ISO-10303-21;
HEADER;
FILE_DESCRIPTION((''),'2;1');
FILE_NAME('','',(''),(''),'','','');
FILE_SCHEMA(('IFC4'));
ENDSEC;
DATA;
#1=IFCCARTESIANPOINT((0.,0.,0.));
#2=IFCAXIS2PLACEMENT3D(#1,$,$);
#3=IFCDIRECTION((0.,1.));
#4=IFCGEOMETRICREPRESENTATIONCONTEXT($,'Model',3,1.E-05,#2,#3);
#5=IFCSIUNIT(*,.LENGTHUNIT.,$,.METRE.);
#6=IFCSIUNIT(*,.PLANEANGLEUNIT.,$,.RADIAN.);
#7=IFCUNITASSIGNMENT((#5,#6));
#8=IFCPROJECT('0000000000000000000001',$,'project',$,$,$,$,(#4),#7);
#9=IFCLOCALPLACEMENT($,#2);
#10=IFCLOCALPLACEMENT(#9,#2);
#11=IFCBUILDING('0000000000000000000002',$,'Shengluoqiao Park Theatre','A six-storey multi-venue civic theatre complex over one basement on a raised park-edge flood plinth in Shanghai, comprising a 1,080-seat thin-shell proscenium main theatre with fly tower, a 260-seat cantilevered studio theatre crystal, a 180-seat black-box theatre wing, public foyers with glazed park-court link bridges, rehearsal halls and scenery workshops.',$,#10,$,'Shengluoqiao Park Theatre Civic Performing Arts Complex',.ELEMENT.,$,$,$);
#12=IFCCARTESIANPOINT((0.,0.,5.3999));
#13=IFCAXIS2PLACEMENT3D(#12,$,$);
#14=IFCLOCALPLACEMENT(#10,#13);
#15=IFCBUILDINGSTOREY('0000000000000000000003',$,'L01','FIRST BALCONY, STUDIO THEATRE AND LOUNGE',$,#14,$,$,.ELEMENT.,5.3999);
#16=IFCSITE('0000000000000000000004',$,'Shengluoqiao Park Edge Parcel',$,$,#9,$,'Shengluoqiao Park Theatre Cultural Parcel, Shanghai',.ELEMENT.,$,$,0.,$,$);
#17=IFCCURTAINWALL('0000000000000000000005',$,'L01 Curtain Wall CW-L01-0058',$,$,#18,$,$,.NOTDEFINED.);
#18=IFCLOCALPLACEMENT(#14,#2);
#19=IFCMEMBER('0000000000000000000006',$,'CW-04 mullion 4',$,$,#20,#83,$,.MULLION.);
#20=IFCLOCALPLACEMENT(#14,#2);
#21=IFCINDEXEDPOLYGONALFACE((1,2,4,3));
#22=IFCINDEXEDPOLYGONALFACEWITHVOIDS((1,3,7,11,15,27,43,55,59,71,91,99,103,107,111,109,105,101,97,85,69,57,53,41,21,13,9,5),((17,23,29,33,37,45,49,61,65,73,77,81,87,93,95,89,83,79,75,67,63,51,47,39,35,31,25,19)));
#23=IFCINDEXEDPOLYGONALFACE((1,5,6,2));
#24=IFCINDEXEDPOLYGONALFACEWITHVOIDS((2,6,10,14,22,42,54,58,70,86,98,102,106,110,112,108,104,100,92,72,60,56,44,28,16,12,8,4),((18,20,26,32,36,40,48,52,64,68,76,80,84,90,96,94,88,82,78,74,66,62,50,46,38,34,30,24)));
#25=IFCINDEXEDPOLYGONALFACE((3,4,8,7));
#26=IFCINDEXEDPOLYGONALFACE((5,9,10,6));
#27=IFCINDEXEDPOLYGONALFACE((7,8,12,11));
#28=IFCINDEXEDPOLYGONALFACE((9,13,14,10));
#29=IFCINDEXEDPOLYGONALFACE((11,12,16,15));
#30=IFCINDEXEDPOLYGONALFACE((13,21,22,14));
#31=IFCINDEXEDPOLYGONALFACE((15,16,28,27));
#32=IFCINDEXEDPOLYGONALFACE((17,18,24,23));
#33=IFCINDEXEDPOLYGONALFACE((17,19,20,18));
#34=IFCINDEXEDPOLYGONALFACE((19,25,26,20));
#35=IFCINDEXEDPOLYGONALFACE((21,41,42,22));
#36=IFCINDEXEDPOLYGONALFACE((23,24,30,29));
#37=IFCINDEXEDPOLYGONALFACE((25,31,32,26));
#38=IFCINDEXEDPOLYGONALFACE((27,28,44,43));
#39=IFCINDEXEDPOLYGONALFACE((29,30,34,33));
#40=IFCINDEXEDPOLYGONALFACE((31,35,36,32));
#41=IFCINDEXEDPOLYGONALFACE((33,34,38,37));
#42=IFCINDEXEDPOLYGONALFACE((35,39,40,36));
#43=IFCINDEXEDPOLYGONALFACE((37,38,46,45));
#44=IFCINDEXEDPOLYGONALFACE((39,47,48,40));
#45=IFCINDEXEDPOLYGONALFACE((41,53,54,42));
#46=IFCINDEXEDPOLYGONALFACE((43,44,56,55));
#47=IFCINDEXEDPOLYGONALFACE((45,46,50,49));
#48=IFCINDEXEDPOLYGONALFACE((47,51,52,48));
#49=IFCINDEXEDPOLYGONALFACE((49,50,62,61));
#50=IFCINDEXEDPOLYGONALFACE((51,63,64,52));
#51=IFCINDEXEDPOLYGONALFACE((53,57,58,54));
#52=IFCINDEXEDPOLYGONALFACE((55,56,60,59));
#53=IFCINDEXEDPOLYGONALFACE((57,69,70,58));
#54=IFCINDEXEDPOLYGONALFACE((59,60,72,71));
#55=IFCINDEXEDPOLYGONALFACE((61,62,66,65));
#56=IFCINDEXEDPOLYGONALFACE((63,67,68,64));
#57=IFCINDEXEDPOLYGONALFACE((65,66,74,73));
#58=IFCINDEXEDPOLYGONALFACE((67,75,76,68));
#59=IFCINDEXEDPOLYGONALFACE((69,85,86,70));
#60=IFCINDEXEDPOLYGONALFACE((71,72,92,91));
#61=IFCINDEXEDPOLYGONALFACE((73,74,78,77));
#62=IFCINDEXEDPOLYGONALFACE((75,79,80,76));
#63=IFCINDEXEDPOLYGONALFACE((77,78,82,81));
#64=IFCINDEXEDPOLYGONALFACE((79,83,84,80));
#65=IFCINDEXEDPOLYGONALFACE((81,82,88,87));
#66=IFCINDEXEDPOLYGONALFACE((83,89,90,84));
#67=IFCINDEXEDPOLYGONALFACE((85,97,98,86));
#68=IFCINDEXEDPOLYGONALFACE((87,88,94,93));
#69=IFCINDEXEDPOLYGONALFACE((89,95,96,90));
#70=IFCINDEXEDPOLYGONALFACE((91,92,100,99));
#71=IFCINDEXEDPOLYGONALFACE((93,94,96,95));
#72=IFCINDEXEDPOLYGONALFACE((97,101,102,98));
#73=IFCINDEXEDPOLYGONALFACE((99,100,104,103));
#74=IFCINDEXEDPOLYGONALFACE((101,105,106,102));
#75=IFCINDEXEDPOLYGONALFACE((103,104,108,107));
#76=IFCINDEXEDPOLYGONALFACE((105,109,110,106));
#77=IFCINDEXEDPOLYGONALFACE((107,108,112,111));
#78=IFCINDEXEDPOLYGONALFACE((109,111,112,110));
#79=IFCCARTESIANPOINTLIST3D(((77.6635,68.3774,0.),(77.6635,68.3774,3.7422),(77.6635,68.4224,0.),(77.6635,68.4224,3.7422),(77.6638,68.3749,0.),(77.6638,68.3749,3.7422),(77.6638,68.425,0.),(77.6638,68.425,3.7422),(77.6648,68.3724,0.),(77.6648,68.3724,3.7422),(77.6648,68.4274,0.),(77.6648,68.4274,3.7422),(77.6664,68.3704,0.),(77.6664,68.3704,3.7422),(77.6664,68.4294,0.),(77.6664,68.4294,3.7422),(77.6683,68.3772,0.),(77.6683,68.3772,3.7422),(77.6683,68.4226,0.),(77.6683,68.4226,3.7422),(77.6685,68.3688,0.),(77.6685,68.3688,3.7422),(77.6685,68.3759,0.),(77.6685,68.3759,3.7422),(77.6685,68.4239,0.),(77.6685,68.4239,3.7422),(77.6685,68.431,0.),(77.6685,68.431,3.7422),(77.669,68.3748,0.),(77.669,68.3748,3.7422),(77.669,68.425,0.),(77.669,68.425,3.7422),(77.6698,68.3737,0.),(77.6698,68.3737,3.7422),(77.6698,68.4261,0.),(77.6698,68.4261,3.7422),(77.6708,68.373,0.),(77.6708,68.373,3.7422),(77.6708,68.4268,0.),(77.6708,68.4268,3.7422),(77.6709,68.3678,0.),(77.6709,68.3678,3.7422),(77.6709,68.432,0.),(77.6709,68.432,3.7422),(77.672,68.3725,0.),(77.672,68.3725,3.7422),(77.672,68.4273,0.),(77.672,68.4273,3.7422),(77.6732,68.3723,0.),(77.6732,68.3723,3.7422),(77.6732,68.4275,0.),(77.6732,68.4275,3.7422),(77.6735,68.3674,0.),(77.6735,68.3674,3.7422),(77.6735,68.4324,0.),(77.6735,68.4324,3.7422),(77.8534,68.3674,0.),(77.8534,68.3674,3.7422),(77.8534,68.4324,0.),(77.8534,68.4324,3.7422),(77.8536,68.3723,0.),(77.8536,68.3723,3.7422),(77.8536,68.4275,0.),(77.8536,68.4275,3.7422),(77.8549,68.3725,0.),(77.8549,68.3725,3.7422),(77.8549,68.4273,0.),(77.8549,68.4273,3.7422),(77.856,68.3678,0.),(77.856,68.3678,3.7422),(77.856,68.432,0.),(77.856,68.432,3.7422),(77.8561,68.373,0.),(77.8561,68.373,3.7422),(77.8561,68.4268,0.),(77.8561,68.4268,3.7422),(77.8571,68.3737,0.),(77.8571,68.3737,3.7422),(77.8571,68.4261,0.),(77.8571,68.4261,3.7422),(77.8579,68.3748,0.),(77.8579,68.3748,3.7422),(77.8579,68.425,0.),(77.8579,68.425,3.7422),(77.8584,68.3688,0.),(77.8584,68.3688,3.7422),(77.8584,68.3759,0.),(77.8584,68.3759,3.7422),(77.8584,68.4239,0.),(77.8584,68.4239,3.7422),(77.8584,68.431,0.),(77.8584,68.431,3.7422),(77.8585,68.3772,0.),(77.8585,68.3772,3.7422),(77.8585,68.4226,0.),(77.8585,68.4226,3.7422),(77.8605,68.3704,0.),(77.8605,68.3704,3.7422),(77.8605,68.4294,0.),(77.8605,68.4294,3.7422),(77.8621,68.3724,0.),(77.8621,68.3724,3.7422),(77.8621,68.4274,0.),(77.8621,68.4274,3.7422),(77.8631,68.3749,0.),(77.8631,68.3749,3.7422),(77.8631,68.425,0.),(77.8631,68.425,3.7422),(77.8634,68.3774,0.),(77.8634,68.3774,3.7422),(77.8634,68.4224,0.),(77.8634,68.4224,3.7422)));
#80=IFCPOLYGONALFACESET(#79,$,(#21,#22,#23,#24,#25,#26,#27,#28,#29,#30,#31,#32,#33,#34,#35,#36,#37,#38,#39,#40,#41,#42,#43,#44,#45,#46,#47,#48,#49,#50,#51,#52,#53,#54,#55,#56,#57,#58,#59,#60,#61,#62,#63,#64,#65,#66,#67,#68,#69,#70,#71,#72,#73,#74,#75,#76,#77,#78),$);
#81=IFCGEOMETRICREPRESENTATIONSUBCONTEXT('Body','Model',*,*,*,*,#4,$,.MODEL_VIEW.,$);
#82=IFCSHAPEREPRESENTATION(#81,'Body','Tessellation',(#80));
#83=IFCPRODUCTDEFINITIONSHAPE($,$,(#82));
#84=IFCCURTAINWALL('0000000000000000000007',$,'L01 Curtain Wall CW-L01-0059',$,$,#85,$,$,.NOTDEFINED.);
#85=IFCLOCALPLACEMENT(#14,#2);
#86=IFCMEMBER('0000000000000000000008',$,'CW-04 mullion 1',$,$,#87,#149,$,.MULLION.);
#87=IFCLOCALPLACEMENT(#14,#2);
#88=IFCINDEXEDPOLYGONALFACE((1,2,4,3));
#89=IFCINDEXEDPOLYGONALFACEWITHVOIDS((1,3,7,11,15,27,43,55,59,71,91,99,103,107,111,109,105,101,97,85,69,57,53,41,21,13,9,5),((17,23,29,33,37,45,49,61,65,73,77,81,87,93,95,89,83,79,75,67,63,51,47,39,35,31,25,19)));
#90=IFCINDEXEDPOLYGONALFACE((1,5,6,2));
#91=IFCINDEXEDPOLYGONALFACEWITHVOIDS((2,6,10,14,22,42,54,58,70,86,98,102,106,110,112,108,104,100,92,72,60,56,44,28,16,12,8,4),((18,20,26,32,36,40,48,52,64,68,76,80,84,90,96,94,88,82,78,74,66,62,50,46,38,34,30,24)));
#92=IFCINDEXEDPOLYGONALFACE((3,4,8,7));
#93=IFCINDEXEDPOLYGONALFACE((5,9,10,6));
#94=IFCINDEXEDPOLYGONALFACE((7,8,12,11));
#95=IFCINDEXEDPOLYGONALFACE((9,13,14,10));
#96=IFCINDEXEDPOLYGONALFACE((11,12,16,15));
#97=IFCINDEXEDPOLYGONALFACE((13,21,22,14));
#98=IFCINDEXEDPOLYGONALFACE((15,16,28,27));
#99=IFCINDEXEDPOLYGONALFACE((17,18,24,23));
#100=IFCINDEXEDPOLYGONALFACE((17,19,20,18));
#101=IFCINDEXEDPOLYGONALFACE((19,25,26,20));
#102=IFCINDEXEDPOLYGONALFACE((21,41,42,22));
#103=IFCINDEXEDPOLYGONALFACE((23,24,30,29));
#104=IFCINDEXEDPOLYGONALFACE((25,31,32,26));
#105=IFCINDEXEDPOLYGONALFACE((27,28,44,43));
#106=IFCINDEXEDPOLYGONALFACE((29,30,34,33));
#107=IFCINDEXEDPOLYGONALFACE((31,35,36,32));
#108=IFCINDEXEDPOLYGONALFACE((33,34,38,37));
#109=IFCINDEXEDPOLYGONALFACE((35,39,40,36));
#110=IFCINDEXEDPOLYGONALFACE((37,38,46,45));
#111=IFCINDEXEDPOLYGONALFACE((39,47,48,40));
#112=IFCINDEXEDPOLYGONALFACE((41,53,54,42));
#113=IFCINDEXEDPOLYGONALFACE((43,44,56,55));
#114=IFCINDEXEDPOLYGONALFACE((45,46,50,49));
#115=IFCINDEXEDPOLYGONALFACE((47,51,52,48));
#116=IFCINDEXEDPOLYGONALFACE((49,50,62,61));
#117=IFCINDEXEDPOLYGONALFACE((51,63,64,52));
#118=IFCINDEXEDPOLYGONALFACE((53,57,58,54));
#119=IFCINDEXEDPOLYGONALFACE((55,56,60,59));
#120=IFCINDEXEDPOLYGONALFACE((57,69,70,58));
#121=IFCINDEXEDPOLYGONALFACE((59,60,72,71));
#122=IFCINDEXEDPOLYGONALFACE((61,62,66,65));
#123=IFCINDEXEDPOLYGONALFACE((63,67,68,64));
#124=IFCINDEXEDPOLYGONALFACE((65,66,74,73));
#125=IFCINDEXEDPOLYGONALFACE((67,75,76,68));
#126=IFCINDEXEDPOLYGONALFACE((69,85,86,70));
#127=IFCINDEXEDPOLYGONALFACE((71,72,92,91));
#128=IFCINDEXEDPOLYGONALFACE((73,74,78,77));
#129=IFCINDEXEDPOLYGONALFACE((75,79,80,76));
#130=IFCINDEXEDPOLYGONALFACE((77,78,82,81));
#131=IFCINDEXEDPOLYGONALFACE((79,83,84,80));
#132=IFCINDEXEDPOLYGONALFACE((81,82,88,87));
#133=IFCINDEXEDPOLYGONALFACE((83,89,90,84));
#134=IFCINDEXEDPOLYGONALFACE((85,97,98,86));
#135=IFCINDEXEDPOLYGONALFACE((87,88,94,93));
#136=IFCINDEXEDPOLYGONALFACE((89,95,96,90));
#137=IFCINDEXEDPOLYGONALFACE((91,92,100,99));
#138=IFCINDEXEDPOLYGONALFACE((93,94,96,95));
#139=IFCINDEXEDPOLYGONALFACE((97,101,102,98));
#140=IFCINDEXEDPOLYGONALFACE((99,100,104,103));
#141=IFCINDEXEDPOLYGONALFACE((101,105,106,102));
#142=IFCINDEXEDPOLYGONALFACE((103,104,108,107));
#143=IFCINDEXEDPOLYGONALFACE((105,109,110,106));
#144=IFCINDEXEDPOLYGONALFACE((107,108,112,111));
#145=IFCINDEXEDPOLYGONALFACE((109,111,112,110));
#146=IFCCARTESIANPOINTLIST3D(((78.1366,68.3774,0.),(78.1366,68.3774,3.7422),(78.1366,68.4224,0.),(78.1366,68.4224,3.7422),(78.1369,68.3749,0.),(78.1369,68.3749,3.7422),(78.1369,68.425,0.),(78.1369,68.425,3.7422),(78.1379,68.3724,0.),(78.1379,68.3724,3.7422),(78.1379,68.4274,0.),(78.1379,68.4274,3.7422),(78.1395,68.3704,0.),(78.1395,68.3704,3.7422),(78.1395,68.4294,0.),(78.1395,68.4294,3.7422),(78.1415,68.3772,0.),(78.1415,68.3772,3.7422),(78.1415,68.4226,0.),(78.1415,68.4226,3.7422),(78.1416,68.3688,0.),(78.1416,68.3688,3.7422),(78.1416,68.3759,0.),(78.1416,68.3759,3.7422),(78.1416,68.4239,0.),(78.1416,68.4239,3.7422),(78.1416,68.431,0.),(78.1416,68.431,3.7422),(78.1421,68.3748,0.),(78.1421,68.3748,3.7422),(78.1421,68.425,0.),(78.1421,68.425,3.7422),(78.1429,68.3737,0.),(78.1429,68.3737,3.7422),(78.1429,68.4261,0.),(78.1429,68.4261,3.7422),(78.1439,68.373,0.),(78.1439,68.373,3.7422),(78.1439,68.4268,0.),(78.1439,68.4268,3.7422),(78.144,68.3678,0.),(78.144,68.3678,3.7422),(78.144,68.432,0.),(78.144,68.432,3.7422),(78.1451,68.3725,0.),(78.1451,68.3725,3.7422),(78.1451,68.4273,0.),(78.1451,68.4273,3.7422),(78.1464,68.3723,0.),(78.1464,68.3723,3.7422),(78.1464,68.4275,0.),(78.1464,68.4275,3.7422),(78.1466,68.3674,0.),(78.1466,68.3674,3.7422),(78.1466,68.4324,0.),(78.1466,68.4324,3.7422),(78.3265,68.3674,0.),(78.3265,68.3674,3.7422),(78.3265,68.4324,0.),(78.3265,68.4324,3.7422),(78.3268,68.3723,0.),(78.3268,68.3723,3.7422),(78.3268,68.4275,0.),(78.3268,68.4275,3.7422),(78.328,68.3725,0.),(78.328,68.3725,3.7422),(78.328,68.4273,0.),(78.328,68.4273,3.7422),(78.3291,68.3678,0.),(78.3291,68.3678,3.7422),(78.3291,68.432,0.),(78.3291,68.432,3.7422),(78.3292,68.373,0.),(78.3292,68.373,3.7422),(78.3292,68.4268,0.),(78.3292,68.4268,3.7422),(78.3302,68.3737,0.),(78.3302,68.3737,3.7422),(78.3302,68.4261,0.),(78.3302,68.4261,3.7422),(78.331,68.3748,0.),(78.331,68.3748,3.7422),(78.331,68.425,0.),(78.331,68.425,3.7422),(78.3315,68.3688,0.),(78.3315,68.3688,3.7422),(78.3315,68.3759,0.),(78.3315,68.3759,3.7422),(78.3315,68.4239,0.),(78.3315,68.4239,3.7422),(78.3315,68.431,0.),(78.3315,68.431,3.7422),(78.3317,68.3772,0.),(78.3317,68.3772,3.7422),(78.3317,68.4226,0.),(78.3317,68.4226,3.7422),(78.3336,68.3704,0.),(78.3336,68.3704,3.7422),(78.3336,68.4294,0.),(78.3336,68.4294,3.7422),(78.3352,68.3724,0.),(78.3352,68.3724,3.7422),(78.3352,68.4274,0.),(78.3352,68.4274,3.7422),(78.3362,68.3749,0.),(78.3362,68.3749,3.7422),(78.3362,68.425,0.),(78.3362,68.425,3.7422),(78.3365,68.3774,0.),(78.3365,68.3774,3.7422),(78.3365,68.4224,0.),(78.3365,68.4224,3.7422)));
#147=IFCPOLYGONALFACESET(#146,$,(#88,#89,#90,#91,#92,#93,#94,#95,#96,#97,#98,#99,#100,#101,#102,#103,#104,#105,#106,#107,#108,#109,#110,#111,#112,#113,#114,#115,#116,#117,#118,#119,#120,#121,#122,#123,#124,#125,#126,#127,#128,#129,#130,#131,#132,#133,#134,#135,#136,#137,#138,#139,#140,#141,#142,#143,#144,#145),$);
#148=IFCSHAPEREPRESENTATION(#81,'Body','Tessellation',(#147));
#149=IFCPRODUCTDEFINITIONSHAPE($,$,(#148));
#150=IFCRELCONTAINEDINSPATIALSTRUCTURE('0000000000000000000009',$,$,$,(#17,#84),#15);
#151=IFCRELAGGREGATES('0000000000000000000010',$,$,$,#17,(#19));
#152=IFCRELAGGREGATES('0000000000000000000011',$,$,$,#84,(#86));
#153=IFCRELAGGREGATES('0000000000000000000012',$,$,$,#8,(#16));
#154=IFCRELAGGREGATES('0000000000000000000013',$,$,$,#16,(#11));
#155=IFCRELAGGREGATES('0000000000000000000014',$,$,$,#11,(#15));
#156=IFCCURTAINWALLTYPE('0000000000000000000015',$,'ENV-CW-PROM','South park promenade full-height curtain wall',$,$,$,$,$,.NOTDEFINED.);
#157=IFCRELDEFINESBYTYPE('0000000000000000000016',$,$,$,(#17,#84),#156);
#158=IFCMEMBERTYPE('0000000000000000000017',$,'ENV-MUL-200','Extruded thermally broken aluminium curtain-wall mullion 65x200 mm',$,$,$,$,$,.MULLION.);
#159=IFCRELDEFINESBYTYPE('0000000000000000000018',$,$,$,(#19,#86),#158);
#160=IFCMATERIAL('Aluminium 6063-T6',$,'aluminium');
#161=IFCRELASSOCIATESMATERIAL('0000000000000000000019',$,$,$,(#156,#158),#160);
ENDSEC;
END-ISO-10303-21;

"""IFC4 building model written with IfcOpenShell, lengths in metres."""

from ifc_helpers import new_model, si_unit, direction, frame, origin, origin_2d, place, context, subcontext, project, spatial, hollow_rectangle, extrude, material, material_profile, profile_set, type_object, element, aggregate, save


model = new_model("IFC4")

# Units and contexts
model_context = context("Model", 3, precision=1e-05, world=origin(), true_north=direction((0.0, 1.0)))
body_context = subcontext(model_context, "Body", "Model", "MODEL_VIEW")
ifc_project = project(units=[si_unit("LENGTHUNIT", "METRE"), si_unit("PLANEANGLEUNIT", "RADIAN")], contexts=[model_context])

# Site, building, storey
site_placement = place(None, origin())
site = spatial("IfcSite", under=ifc_project, at=site_placement, Name="Shengluoqiao Park Edge Parcel", LongName="Shengluoqiao Park Theatre Cultural Parcel, Shanghai", CompositionType="ELEMENT", RefElevation=0.0)
building_placement = place(site_placement, origin())
building = spatial("IfcBuilding", under=site, at=building_placement, Name="Shengluoqiao Park Theatre", Description="A six-storey multi-venue civic theatre complex over one basement on a raised park-edge flood plinth in Shanghai, comprising a 1,080-seat thin-shell proscenium main theatre with fly tower, a 260-seat cantilevered studio theatre crystal, a 180-seat black-box theatre wing, public foyers with glazed park-court link bridges, rehearsal halls and scenery workshops.", LongName="Shengluoqiao Park Theatre Civic Performing Arts Complex", CompositionType="ELEMENT")
storey_placement = place(building_placement, frame((0.0, 0.0, 5.3999)))
storey = spatial("IfcBuildingStorey", under=building, at=storey_placement, Name="L01", Description="FIRST BALCONY, STUDIO THEATRE AND LOUNGE", CompositionType="ELEMENT", Elevation=5.3999)

# Curtain walls, members
ifc_material_1 = material(Name="Aluminium 6063-T6", Category="aluminium")
curtain_wall_type = type_object("IfcCurtainWallType", Name="ENV-CW-PROM", Description="South park promenade full-height curtain wall", PredefinedType="NOTDEFINED", material=ifc_material_1)
curtain_wall_1_placement = place(storey_placement, origin())
curtain_wall_1 = element("IfcCurtainWall", 1, at=curtain_wall_1_placement, inside=storey, type_object=curtain_wall_type, Name="L01 Curtain Wall CW-L01-0058", PredefinedType="NOTDEFINED")
ifc_material_profile_1 = material_profile(ifc_material_1, hollow_rectangle(XDim=0.0649, YDim=0.2, WallThickness=0.0049, InnerFilletRadius=0.0049, OuterFilletRadius=0.01, at=origin_2d()), Name="ALU MULLION 200x65x5")
ifc_profile_set_1 = profile_set([ifc_material_profile_1], Name="Aluminium 6063-T6")
member_type_1 = type_object("IfcMemberType", Name="ENV-MUL-200", Description="Extruded thermally broken aluminium curtain-wall mullion 65x200 mm", PredefinedType="MULLION", material=ifc_profile_set_1)
member_1_placement = place(storey_placement, frame((77.7634, 68.3999, 0.0), z_axis=(0.0, 0.0, 1.0), x_axis=(0.0, 1.0, 0.0)))
member_1 = element("IfcMember", 2, at=member_1_placement, type_object=member_type_1, Name="CW-04 mullion 4", PredefinedType="MULLION", context=body_context, shape_type="SweptSolid", body=[
    extrude(hollow_rectangle(XDim=0.0649, YDim=0.2, WallThickness=0.0049, InnerFilletRadius=0.0049, OuterFilletRadius=0.01, at=origin_2d()), origin(), (0.0, 0.0, 1.0), 3.7422),
])
curtain_wall_2_placement = place(storey_placement, origin())
curtain_wall_2 = element("IfcCurtainWall", 3, at=curtain_wall_2_placement, inside=storey, type_object=curtain_wall_type, Name="L01 Curtain Wall CW-L01-0059", PredefinedType="NOTDEFINED")
member_2_placement = place(storey_placement, frame((78.2366, 68.3999, 0.0), z_axis=(0.0, 0.0, 1.0), x_axis=(0.0, 1.0, 0.0)))
member_2 = element("IfcMember", 4, at=member_2_placement, type_object=member_type_1, Name="CW-04 mullion 1", PredefinedType="MULLION", context=body_context, shape_type="SweptSolid", body=[
    extrude(hollow_rectangle(XDim=0.0649, YDim=0.2, WallThickness=0.0049, InnerFilletRadius=0.0049, OuterFilletRadius=0.01, at=origin_2d()), origin(), (0.0, 0.0, 1.0), 3.7422),
])

aggregate(curtain_wall_1, [member_1])
aggregate(curtain_wall_2, [member_2])

save(model, "model.ifc")
